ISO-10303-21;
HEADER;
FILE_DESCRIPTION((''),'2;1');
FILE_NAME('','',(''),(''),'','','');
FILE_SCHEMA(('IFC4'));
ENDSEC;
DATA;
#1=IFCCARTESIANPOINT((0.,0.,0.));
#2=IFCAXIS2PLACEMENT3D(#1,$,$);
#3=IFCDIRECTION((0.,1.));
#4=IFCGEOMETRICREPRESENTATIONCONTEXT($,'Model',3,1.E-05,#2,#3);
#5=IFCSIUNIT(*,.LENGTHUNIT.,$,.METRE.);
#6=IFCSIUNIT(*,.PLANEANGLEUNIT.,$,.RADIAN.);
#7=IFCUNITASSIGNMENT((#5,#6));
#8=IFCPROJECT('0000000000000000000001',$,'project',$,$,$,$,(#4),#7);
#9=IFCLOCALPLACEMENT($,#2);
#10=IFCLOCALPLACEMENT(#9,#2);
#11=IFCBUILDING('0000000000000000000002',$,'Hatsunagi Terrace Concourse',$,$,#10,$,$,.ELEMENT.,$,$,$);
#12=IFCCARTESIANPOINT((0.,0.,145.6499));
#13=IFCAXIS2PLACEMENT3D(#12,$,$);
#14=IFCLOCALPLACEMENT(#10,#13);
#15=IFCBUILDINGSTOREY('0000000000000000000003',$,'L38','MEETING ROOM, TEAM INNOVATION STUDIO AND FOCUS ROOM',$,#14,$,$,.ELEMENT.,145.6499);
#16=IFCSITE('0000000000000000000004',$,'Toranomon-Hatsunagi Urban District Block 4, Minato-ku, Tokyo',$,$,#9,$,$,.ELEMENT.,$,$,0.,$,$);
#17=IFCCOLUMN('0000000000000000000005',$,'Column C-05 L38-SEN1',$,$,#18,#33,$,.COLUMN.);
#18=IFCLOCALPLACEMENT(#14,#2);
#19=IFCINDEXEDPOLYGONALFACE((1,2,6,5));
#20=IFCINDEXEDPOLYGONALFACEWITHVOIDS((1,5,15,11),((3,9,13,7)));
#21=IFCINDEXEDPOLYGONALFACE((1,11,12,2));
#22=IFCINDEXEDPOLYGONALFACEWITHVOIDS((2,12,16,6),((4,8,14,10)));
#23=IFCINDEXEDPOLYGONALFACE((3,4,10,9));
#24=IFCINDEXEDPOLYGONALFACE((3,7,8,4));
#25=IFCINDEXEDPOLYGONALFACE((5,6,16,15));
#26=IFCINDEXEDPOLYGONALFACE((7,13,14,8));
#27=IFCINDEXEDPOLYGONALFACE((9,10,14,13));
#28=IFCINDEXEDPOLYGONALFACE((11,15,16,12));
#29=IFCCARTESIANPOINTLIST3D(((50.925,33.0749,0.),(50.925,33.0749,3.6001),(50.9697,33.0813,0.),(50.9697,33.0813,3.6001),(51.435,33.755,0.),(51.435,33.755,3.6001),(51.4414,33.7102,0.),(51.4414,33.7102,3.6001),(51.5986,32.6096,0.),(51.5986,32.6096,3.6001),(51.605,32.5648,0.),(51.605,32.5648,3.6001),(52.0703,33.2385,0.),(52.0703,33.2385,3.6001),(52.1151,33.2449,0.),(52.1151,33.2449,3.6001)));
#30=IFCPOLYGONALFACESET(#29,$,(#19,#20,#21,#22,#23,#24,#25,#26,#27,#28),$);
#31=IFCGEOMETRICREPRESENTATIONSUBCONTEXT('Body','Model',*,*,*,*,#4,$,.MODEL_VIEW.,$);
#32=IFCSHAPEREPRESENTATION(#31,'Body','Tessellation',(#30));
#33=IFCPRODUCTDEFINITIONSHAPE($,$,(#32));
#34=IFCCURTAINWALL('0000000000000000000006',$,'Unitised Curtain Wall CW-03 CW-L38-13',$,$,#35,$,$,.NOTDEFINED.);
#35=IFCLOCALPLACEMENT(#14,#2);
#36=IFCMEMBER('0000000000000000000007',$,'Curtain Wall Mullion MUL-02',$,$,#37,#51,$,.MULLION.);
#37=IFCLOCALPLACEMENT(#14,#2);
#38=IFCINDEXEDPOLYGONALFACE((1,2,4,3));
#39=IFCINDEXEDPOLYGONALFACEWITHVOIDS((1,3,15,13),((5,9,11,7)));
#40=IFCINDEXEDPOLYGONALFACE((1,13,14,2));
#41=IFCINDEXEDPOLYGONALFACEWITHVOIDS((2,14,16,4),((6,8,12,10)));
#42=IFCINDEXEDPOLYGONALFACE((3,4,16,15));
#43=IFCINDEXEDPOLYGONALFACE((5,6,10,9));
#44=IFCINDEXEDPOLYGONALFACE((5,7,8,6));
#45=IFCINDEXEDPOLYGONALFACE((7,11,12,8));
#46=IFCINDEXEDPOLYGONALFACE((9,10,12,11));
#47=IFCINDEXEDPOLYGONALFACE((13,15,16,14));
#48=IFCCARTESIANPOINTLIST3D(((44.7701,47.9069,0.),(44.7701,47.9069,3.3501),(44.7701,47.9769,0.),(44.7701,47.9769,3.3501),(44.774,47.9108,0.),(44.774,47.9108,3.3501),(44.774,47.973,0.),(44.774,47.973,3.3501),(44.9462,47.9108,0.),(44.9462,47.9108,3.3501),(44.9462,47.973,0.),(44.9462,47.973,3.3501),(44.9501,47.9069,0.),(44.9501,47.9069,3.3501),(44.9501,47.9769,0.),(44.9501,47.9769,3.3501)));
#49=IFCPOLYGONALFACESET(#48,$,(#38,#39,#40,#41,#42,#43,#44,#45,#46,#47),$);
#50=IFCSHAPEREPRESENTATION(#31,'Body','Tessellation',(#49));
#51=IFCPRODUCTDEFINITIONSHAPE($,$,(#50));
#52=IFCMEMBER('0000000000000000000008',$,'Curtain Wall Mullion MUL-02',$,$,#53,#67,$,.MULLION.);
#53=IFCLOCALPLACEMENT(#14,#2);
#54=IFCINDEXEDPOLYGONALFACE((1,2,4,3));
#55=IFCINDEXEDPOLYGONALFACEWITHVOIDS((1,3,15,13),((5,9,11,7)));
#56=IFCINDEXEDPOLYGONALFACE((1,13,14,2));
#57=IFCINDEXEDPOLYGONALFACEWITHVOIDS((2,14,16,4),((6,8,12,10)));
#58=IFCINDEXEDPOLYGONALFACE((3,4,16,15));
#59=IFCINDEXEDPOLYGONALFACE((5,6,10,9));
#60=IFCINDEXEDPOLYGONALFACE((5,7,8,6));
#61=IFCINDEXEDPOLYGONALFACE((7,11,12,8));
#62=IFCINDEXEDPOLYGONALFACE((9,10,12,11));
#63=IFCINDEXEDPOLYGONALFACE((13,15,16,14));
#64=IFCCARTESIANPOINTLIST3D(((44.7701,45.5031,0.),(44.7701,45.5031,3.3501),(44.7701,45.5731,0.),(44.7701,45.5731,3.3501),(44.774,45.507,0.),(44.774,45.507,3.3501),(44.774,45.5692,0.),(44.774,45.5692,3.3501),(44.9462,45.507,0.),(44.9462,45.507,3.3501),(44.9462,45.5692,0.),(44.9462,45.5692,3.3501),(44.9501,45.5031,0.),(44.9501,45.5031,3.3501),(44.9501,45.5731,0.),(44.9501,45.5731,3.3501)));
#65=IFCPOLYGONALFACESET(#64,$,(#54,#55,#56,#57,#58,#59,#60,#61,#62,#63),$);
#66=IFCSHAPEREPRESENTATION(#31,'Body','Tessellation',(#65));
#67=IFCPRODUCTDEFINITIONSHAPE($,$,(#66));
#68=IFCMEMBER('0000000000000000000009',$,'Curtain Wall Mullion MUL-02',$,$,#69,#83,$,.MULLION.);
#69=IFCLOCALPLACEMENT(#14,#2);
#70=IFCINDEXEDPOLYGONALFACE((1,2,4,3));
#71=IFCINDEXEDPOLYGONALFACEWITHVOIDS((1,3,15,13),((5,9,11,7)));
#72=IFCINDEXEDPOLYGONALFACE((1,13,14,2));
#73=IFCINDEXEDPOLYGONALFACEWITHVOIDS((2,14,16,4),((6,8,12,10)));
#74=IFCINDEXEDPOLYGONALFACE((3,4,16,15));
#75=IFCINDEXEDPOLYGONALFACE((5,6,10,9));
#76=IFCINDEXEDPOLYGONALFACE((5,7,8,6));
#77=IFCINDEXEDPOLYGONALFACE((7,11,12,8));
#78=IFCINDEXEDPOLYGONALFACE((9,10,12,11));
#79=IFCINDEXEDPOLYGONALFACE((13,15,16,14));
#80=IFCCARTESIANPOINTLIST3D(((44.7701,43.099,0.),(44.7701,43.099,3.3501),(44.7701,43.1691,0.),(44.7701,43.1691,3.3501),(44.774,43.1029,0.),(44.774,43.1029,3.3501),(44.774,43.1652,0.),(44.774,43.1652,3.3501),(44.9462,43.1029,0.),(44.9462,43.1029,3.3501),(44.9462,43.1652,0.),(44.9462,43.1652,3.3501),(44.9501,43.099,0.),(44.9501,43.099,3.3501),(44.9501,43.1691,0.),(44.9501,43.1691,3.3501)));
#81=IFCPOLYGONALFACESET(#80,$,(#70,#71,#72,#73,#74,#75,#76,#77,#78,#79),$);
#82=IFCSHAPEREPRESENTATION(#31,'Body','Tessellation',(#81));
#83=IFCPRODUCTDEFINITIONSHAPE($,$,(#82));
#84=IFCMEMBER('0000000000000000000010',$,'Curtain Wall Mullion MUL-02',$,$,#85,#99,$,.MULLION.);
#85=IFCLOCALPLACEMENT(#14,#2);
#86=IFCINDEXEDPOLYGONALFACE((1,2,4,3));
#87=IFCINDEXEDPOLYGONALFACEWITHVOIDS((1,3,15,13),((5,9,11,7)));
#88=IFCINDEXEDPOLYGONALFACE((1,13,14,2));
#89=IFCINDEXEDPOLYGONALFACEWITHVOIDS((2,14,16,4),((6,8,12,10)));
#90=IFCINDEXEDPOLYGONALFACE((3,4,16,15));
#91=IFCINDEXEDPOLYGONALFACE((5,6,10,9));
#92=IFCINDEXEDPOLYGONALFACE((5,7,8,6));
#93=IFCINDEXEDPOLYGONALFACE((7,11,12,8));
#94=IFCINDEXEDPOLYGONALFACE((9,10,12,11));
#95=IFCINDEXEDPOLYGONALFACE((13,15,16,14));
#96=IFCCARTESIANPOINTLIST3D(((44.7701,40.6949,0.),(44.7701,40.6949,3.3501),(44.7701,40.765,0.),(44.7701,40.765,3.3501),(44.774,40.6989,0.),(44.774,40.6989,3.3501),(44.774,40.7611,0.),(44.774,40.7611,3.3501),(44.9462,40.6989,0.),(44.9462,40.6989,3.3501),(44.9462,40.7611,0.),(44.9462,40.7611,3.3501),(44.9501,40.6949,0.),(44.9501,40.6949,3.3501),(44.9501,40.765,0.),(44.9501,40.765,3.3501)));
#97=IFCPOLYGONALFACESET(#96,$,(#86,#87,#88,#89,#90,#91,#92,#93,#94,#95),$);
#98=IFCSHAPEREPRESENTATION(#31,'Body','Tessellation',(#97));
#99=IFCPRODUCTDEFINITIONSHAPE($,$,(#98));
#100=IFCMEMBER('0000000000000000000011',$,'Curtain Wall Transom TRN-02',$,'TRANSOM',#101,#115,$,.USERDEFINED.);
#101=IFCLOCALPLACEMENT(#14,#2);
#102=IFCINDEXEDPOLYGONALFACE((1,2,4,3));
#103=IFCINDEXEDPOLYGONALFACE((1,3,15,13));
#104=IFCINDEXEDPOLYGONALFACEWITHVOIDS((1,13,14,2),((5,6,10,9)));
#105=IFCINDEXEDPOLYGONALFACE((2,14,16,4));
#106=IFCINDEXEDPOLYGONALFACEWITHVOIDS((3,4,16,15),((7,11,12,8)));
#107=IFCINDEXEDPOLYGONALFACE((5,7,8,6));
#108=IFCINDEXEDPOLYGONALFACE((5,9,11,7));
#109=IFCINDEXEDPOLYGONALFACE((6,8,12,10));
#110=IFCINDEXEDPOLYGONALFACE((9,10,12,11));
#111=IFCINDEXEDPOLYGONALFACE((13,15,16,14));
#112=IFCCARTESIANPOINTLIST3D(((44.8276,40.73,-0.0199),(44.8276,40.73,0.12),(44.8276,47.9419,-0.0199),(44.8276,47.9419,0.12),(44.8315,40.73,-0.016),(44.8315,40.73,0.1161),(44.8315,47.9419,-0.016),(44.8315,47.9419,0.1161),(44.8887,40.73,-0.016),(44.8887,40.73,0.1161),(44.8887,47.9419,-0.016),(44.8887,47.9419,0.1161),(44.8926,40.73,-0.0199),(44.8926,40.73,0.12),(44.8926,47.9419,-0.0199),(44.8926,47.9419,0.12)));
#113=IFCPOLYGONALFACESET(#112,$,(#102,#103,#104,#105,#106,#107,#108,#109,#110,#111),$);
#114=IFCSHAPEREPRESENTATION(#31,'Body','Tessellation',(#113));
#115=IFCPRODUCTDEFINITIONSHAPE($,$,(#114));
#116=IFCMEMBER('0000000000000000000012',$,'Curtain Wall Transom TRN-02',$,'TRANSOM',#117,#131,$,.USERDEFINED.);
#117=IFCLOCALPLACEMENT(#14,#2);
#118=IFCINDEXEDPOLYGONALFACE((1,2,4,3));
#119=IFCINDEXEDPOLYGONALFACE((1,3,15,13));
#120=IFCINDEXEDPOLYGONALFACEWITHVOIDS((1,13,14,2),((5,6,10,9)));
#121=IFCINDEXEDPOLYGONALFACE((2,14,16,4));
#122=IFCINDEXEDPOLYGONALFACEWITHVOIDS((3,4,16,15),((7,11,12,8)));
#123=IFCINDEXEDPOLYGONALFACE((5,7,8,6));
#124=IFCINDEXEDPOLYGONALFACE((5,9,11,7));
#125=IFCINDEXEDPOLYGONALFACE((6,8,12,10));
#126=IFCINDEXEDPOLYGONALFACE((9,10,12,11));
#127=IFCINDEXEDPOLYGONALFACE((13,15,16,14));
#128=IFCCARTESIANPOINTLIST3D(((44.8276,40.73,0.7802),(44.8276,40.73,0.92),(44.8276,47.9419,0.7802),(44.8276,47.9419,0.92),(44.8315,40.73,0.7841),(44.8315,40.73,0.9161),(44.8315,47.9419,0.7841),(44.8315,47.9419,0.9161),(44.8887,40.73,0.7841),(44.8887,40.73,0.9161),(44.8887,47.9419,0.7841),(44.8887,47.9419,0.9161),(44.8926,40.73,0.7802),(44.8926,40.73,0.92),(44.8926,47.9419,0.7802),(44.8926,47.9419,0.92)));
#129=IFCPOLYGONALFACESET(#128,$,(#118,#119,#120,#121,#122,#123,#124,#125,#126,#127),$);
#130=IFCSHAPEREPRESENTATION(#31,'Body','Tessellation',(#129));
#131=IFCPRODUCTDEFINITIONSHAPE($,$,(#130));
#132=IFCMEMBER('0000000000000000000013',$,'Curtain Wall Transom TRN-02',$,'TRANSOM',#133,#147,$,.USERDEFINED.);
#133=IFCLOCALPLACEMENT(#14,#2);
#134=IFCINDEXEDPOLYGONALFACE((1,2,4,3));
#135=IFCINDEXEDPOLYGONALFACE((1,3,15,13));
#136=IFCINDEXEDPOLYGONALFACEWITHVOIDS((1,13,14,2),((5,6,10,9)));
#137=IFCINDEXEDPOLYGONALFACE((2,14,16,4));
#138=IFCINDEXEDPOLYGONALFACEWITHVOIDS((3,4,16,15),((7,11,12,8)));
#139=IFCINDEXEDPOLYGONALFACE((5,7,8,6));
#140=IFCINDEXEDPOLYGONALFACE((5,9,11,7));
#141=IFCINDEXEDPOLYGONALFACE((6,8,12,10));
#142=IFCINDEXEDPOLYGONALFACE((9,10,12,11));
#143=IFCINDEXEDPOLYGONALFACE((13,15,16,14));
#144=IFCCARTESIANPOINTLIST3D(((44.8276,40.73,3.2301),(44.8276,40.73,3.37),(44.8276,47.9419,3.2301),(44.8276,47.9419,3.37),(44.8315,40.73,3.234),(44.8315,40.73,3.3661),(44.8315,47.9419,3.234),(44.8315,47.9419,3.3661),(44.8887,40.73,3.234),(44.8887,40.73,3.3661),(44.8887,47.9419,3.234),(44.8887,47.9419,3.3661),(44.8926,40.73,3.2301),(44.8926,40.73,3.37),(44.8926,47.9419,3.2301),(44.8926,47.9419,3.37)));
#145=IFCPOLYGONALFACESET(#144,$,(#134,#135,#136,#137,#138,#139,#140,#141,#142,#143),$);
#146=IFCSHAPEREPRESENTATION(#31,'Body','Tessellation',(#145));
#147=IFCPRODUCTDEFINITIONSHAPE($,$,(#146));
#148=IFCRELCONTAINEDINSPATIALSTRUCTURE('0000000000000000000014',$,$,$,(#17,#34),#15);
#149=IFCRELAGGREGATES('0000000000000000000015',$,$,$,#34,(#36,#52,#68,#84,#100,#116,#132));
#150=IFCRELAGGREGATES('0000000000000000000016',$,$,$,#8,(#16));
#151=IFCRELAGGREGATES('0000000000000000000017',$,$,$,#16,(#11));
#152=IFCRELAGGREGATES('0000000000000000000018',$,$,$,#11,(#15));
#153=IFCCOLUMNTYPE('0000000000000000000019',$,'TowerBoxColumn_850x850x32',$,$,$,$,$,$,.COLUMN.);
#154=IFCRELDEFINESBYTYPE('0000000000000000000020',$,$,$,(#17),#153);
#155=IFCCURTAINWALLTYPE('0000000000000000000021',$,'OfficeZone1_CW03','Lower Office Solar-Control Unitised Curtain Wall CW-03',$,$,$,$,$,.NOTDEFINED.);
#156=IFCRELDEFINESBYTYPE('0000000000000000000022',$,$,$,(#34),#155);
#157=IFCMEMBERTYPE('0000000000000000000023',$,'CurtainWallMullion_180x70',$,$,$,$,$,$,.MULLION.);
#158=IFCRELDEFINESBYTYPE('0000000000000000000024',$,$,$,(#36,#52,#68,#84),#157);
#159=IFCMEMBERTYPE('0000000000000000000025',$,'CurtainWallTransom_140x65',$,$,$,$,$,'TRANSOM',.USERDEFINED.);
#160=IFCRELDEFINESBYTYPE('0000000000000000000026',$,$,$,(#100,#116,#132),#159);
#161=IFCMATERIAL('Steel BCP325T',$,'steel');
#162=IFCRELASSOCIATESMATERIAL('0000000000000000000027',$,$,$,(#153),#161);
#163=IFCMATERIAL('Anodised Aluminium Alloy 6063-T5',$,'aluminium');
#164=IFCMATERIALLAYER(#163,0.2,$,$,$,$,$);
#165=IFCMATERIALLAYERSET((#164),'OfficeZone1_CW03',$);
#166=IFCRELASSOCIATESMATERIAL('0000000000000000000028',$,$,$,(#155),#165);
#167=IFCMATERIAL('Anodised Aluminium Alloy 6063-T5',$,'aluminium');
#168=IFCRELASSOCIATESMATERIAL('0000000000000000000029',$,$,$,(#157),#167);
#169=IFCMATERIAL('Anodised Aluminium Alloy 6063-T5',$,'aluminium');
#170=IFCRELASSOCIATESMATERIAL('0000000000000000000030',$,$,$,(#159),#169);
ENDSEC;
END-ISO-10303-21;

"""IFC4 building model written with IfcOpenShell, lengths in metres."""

from ifc_helpers import new_model, si_unit, direction, frame, origin, origin_2d, place, context, subcontext, project, spatial, hollow_rectangle, extrude, material, layer, layer_set, material_profile, profile_set, type_object, element, aggregate, save


model = new_model("IFC4")

# Units and contexts
model_context = context("Model", 3, precision=1e-05, world=origin(), true_north=direction((0.0, 1.0)))
body_context = subcontext(model_context, "Body", "Model", "MODEL_VIEW")
ifc_project = project(units=[si_unit("LENGTHUNIT", "METRE"), si_unit("PLANEANGLEUNIT", "RADIAN")], contexts=[model_context])

# Site, building, storey
site_placement = place(None, origin())
site = spatial("IfcSite", under=ifc_project, at=site_placement, Name="Toranomon-Hatsunagi Urban District Block 4, Minato-ku, Tokyo", CompositionType="ELEMENT", RefElevation=0.0)
building_placement = place(site_placement, origin())
building = spatial("IfcBuilding", under=site, at=building_placement, Name="Hatsunagi Terrace Concourse", CompositionType="ELEMENT")
storey_placement = place(building_placement, frame((0.0, 0.0, 145.6499)))
storey = spatial("IfcBuildingStorey", under=building, at=storey_placement, Name="L38", Description="MEETING ROOM, TEAM INNOVATION STUDIO AND FOCUS ROOM", CompositionType="ELEMENT", Elevation=145.6499)

# Column
ifc_material_1 = material(Name="Steel BCP325T", Category="steel")
ifc_material_profile_1 = material_profile(ifc_material_1, hollow_rectangle(XDim=0.8501, YDim=0.8501, WallThickness=0.032, at=origin_2d()), Name="BCP-850x850x32")
ifc_profile_set_1 = profile_set([ifc_material_profile_1], Name="Steel BCP325T")
column_type = type_object("IfcColumnType", Name="TowerBoxColumn_850x850x32", PredefinedType="COLUMN", material=ifc_profile_set_1)
column_placement = place(storey_placement, frame((51.52, 33.1599, 0.0), z_axis=(0.0, 0.0, 1.0), x_axis=(0.8, -0.6, 0.0)))
element("IfcColumn", 1, at=column_placement, inside=storey, type_object=column_type, Name="Column C-05 L38-SEN1", PredefinedType="COLUMN", context=body_context, shape_type="SweptSolid", body=[
    extrude(hollow_rectangle(XDim=0.8501, YDim=0.8501, WallThickness=0.032, at=origin_2d()), origin(), (0.0, 0.0, 1.0), 3.6001),
])

# Curtain wall, members
ifc_material_2 = material(Name="Anodised Aluminium Alloy 6063-T5", Category="aluminium")
ifc_layer_1 = layer(ifc_material_2, 0.2)
ifc_layer_set_1 = layer_set([ifc_layer_1], Name="OfficeZone1_CW03")
curtain_wall_type = type_object("IfcCurtainWallType", Name="OfficeZone1_CW03", Description="Lower Office Solar-Control Unitised Curtain Wall CW-03", PredefinedType="NOTDEFINED", material=ifc_layer_set_1)
curtain_wall_placement = place(storey_placement, origin())
curtain_wall = element("IfcCurtainWall", 2, at=curtain_wall_placement, inside=storey, type_object=curtain_wall_type, Name="Unitised Curtain Wall CW-03 CW-L38-13", PredefinedType="NOTDEFINED")
ifc_material_3 = material(Name="Anodised Aluminium Alloy 6063-T5", Category="aluminium")
ifc_material_profile_2 = material_profile(ifc_material_3, hollow_rectangle(XDim=0.0701, YDim=0.1799, WallThickness=0.0039, at=origin_2d()), Name="ALU-MUL-180x70x4")
ifc_profile_set_2 = profile_set([ifc_material_profile_2], Name="Anodised Aluminium Alloy 6063-T5")
member_type_1 = type_object("IfcMemberType", Name="CurtainWallMullion_180x70", PredefinedType="MULLION", material=ifc_profile_set_2)
member_1_placement = place(storey_placement, frame((44.8601, 47.9419, 0.0), z_axis=(0.0, 0.0, 1.0), x_axis=(0.0, -1.0, 0.0)))
member_1 = element("IfcMember", 3, at=member_1_placement, type_object=member_type_1, Name="Curtain Wall Mullion MUL-02", PredefinedType="MULLION", context=body_context, shape_type="SweptSolid", body=[
    extrude(hollow_rectangle(XDim=0.0701, YDim=0.1799, WallThickness=0.0039, at=origin_2d()), origin(), (0.0, 0.0, 1.0), 3.3501),
])
member_2_placement = place(storey_placement, frame((44.8601, 45.5381, 0.0), z_axis=(0.0, 0.0, 1.0), x_axis=(0.0, -1.0, 0.0)))
member_2 = element("IfcMember", 4, at=member_2_placement, type_object=member_type_1, Name="Curtain Wall Mullion MUL-02", PredefinedType="MULLION", context=body_context, shape_type="SweptSolid", body=[
    extrude(hollow_rectangle(XDim=0.0701, YDim=0.1799, WallThickness=0.0039, at=origin_2d()), origin(), (0.0, 0.0, 1.0), 3.3501),
])
member_3_placement = place(storey_placement, frame((44.8601, 43.134, 0.0), z_axis=(0.0, 0.0, 1.0), x_axis=(0.0, -1.0, 0.0)))
member_3 = element("IfcMember", 5, at=member_3_placement, type_object=member_type_1, Name="Curtain Wall Mullion MUL-02", PredefinedType="MULLION", context=body_context, shape_type="SweptSolid", body=[
    extrude(hollow_rectangle(XDim=0.0701, YDim=0.1799, WallThickness=0.0039, at=origin_2d()), origin(), (0.0, 0.0, 1.0), 3.3501),
])
member_4_placement = place(storey_placement, frame((44.8601, 40.73, 0.0), z_axis=(0.0, 0.0, 1.0), x_axis=(0.0, -1.0, 0.0)))
member_4 = element("IfcMember", 6, at=member_4_placement, type_object=member_type_1, Name="Curtain Wall Mullion MUL-02", PredefinedType="MULLION", context=body_context, shape_type="SweptSolid", body=[
    extrude(hollow_rectangle(XDim=0.0701, YDim=0.1799, WallThickness=0.0039, at=origin_2d()), origin(), (0.0, 0.0, 1.0), 3.3501),
])
ifc_material_4 = material(Name="Anodised Aluminium Alloy 6063-T5", Category="aluminium")
ifc_material_profile_3 = material_profile(ifc_material_4, hollow_rectangle(XDim=0.0649, YDim=0.1399, WallThickness=0.0039, at=origin_2d()), Name="ALU-TRN-140x65x4")
ifc_profile_set_3 = profile_set([ifc_material_profile_3], Name="Anodised Aluminium Alloy 6063-T5")
member_type_2 = type_object("IfcMemberType", Name="CurtainWallTransom_140x65", ElementType="TRANSOM", PredefinedType="USERDEFINED", material=ifc_profile_set_3)
member_5_placement = place(storey_placement, frame((44.8601, 47.9419, 0.05), z_axis=(0.0, -1.0, 0.0), x_axis=(1.0, 0.0, 0.0)))
member_5 = element("IfcMember", 7, at=member_5_placement, type_object=member_type_2, Name="Curtain Wall Transom TRN-02", ObjectType="TRANSOM", PredefinedType="USERDEFINED", context=body_context, shape_type="SweptSolid", body=[
    extrude(hollow_rectangle(XDim=0.0649, YDim=0.1399, WallThickness=0.0039, at=origin_2d()), origin(), (0.0, 0.0, 1.0), 7.2119),
])
member_6_placement = place(storey_placement, frame((44.8601, 47.9419, 0.8501), z_axis=(0.0, -1.0, 0.0), x_axis=(1.0, 0.0, 0.0)))
member_6 = element("IfcMember", 8, at=member_6_placement, type_object=member_type_2, Name="Curtain Wall Transom TRN-02", ObjectType="TRANSOM", PredefinedType="USERDEFINED", context=body_context, shape_type="SweptSolid", body=[
    extrude(hollow_rectangle(XDim=0.0649, YDim=0.1399, WallThickness=0.0039, at=origin_2d()), origin(), (0.0, 0.0, 1.0), 7.2119),
])
member_7_placement = place(storey_placement, frame((44.8601, 47.9419, 3.3), z_axis=(0.0, -1.0, 0.0), x_axis=(1.0, 0.0, 0.0)))
member_7 = element("IfcMember", 9, at=member_7_placement, type_object=member_type_2, Name="Curtain Wall Transom TRN-02", ObjectType="TRANSOM", PredefinedType="USERDEFINED", context=body_context, shape_type="SweptSolid", body=[
    extrude(hollow_rectangle(XDim=0.0649, YDim=0.1399, WallThickness=0.0039, at=origin_2d()), origin(), (0.0, 0.0, 1.0), 7.2119),
])

aggregate(curtain_wall, [member_1, member_2, member_3, member_4, member_5, member_6, member_7])

save(model, "model.ifc")
